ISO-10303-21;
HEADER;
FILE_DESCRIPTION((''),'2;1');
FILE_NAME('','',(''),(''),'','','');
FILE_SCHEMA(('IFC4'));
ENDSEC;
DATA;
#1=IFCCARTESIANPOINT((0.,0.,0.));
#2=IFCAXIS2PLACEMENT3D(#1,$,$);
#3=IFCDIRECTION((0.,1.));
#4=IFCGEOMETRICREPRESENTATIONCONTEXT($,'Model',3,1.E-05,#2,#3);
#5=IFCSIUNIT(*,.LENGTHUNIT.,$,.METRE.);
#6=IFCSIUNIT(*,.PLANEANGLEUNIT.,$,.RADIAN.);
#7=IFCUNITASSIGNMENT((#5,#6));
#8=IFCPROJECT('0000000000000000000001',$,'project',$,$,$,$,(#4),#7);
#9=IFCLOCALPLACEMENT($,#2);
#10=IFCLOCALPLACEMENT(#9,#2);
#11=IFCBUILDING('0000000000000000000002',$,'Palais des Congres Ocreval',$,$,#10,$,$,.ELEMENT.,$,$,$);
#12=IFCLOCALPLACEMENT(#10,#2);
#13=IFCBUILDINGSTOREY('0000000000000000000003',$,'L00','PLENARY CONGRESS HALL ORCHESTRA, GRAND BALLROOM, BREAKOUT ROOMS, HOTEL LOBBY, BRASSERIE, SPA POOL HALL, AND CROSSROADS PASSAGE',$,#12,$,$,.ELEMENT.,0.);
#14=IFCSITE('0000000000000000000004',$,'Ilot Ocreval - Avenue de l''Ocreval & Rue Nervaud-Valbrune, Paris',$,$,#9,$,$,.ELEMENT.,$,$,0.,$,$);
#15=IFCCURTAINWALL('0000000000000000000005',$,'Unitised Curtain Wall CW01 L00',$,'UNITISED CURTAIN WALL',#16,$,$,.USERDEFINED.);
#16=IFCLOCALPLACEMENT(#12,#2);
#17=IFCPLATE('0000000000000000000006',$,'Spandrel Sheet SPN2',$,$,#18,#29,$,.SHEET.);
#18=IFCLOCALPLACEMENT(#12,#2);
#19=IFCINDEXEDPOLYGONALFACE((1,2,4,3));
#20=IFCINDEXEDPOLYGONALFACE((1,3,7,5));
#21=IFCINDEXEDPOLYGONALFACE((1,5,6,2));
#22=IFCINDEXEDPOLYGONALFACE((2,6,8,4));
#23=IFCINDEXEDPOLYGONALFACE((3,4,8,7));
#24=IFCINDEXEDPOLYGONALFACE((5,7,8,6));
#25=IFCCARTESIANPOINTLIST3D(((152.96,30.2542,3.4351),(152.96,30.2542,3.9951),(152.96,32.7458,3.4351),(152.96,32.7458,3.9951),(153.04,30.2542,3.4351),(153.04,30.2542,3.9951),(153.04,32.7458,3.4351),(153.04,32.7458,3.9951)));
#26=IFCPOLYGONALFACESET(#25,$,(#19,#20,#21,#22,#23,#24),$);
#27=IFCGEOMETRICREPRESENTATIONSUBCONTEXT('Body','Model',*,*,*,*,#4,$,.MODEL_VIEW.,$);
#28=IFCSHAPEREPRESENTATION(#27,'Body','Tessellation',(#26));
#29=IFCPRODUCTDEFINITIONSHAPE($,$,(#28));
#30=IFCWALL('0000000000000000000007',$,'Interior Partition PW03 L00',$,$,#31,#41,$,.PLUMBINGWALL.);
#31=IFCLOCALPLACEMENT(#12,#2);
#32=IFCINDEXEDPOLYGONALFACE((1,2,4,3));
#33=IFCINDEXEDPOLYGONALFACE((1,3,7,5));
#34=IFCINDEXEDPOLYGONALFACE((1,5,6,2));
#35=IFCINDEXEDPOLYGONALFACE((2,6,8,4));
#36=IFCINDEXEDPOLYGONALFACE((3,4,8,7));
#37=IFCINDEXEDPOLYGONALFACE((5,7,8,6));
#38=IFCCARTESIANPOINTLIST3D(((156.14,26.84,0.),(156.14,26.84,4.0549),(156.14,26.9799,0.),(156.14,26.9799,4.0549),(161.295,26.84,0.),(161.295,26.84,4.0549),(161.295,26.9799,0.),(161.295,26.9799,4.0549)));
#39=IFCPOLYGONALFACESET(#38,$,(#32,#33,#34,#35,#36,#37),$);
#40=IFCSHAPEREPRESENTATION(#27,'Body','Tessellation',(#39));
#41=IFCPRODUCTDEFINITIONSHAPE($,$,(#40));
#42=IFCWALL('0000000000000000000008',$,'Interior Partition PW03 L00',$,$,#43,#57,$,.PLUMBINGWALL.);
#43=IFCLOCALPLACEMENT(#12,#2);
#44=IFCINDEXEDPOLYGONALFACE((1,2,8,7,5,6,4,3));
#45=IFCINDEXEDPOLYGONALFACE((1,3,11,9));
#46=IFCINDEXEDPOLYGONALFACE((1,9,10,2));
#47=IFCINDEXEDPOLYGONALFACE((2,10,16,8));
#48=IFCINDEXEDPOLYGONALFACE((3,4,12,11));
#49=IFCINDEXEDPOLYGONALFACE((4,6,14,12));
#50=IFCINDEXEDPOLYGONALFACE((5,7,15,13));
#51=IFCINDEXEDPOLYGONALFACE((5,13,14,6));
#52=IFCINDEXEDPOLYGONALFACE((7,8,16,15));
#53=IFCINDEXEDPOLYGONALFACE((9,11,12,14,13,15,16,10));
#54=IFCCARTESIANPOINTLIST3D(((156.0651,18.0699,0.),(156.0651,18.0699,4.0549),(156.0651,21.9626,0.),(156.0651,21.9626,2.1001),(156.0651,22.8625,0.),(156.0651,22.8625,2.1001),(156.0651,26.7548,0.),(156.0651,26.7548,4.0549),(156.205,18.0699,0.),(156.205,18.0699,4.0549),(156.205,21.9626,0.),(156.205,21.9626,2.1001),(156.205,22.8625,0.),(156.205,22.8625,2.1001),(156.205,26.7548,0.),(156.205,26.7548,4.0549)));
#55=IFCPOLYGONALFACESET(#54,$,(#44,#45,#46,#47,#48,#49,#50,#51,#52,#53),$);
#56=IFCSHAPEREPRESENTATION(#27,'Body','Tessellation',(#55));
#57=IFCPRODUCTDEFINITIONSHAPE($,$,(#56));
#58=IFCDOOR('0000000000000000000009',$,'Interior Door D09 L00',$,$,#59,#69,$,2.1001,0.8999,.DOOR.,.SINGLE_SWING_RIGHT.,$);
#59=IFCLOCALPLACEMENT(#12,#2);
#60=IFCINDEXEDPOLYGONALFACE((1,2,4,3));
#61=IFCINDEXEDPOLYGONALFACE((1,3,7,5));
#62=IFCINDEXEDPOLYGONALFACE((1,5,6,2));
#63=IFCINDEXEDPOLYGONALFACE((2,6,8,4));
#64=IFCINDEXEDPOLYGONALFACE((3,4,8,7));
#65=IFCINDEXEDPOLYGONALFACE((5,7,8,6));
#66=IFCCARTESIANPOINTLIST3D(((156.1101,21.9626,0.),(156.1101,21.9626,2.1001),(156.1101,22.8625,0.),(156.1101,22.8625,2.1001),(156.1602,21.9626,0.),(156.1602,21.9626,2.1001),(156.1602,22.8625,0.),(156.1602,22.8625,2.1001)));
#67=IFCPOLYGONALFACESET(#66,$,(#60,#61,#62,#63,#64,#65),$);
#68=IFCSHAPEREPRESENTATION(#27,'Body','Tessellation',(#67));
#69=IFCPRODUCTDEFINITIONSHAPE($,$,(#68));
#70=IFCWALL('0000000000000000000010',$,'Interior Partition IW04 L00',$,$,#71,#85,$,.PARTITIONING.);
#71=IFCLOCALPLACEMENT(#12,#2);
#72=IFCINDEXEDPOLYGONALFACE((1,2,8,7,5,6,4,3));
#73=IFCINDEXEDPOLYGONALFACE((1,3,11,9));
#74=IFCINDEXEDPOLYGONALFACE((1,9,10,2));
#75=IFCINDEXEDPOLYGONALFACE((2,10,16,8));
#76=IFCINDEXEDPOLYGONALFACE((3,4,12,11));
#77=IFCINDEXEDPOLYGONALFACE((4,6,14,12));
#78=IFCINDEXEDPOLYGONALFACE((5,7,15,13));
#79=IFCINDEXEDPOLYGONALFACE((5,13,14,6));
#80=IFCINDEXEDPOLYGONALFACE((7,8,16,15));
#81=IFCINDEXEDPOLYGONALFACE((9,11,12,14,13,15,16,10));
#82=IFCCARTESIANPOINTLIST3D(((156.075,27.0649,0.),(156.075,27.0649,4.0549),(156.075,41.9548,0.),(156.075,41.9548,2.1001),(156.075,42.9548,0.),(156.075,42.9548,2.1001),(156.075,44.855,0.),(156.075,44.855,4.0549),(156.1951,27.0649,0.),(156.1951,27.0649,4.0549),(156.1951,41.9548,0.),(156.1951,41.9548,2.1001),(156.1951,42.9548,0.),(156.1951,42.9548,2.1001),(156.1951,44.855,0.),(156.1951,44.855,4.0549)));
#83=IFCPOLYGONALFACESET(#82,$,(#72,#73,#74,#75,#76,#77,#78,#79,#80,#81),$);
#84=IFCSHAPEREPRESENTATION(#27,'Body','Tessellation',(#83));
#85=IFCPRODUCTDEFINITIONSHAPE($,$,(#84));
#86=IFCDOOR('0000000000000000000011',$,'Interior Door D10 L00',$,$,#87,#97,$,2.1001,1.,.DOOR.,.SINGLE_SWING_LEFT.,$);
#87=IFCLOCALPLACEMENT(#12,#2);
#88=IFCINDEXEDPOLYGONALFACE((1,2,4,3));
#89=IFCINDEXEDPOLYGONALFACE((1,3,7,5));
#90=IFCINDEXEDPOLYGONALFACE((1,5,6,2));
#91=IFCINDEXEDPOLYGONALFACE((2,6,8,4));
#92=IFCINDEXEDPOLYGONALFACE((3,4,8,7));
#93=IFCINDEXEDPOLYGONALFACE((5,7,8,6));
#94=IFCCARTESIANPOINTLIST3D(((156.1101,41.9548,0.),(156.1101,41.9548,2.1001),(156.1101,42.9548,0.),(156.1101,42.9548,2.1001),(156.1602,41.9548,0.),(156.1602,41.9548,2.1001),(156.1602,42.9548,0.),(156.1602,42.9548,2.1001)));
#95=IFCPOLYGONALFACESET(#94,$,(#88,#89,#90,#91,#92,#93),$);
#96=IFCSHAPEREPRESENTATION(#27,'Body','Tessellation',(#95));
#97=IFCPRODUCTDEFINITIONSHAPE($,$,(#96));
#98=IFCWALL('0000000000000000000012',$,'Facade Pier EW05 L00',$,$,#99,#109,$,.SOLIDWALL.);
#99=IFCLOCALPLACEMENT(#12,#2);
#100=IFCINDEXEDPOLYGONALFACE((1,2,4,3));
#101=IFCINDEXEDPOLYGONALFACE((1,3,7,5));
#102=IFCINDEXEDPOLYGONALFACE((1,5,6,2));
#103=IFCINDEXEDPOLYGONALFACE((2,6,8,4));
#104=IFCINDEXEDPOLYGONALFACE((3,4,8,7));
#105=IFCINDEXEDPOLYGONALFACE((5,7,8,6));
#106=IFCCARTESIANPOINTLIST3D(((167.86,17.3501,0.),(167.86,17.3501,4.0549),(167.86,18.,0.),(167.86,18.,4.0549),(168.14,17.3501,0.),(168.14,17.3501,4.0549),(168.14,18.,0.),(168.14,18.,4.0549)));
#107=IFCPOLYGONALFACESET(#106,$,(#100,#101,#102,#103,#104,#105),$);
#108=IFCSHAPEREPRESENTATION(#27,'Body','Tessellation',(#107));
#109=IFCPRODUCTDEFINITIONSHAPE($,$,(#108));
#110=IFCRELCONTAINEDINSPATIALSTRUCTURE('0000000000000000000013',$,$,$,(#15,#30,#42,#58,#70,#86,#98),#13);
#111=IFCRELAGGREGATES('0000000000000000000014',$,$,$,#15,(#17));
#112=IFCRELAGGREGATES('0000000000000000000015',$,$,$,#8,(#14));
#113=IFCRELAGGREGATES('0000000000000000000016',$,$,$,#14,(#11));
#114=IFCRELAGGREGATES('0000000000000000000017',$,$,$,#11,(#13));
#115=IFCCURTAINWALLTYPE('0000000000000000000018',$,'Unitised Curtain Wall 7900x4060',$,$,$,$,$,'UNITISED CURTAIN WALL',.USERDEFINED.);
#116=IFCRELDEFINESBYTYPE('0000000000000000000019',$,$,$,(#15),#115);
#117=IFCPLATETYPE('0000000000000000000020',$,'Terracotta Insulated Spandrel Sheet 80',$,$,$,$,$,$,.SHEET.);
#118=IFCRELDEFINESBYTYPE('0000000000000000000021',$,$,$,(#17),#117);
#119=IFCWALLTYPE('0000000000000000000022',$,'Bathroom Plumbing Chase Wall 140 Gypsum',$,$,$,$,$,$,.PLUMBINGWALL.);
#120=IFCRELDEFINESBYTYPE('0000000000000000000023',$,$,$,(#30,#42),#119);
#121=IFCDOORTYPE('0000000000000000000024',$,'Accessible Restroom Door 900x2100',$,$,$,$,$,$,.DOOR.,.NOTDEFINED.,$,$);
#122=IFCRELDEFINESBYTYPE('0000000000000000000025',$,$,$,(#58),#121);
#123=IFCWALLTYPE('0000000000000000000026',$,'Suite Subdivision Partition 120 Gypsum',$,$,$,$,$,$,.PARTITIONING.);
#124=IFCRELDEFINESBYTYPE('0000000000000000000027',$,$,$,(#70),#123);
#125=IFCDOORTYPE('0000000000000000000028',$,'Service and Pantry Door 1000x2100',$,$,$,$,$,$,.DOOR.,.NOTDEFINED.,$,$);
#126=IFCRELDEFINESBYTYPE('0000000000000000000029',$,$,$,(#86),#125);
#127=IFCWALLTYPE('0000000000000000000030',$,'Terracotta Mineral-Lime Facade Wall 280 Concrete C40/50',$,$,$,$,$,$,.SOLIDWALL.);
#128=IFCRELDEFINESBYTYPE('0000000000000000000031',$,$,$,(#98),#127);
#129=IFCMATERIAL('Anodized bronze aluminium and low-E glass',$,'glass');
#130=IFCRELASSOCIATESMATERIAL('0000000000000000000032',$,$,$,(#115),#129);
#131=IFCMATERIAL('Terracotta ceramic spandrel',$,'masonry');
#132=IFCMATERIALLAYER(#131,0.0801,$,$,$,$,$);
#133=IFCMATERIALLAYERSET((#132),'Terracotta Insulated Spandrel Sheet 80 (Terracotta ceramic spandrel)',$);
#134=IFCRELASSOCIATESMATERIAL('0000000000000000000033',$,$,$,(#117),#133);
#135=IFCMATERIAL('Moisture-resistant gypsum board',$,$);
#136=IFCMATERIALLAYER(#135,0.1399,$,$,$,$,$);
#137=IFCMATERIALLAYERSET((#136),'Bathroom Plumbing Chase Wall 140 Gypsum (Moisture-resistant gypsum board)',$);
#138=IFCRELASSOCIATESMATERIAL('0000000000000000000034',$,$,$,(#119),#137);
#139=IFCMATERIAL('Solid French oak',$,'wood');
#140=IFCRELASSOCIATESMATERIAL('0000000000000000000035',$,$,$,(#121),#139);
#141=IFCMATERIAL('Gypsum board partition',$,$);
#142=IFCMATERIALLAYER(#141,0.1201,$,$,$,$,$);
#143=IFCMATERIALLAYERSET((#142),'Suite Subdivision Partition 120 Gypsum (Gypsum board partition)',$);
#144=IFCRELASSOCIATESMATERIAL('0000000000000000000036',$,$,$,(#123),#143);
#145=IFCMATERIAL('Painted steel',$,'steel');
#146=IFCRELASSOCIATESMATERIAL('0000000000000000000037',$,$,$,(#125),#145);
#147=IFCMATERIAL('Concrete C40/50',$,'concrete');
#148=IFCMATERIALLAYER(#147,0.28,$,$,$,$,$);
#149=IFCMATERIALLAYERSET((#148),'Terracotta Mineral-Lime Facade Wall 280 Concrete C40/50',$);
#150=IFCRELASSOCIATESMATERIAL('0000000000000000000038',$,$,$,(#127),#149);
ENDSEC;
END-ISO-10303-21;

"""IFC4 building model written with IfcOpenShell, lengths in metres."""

from ifc_helpers import new_model, si_unit, direction, frame, frame_2d, origin, origin_2d, place, context, subcontext, project, spatial, rectangle, extrude, material, layer, layer_set, type_object, element, fill, aggregate, save


model = new_model("IFC4")

# Units and contexts
model_context = context("Model", 3, precision=1e-05, world=origin(), true_north=direction((0.0, 1.0)))
body_context = subcontext(model_context, "Body", "Model", "MODEL_VIEW")
ifc_project = project(units=[si_unit("LENGTHUNIT", "METRE"), si_unit("PLANEANGLEUNIT", "RADIAN")], contexts=[model_context])

# Site, building, storey
site_placement = place(None, origin())
site = spatial("IfcSite", under=ifc_project, at=site_placement, Name="Ilot Ocreval - Avenue de l'Ocreval & Rue Nervaud-Valbrune, Paris", CompositionType="ELEMENT", RefElevation=0.0)
building_placement = place(site_placement, origin())
building = spatial("IfcBuilding", under=site, at=building_placement, Name="Palais des Congres Ocreval", CompositionType="ELEMENT")
storey_placement = place(building_placement, origin())
storey = spatial("IfcBuildingStorey", under=building, at=storey_placement, Name="L00", Description="PLENARY CONGRESS HALL ORCHESTRA, GRAND BALLROOM, BREAKOUT ROOMS, HOTEL LOBBY, BRASSERIE, SPA POOL HALL, AND CROSSROADS PASSAGE", CompositionType="ELEMENT", Elevation=0.0)

# Curtain wall, plate
ifc_material_1 = material(Name="Anodized bronze aluminium and low-E glass", Category="glass")
curtain_wall_type = type_object("IfcCurtainWallType", Name="Unitised Curtain Wall 7900x4060", ElementType="UNITISED CURTAIN WALL", PredefinedType="USERDEFINED", material=ifc_material_1)
curtain_wall_placement = place(storey_placement, origin())
curtain_wall = element("IfcCurtainWall", 1, at=curtain_wall_placement, inside=storey, type_object=curtain_wall_type, Name="Unitised Curtain Wall CW01 L00", ObjectType="UNITISED CURTAIN WALL", PredefinedType="USERDEFINED")
ifc_material_2 = material(Name="Terracotta ceramic spandrel", Category="masonry")
ifc_layer_1 = layer(ifc_material_2, 0.0801)
ifc_layer_set_1 = layer_set([ifc_layer_1], Name="Terracotta Insulated Spandrel Sheet 80 (Terracotta ceramic spandrel)")
plate_type_1 = type_object("IfcPlateType", Name="Terracotta Insulated Spandrel Sheet 80", PredefinedType="SHEET", material=ifc_layer_set_1)
plate_1_placement = place(storey_placement, frame((153.0, 31.5, 3.4351), z_axis=(0.0, 0.0, 1.0), x_axis=(0.0, 1.0, 0.0)))
plate_1 = element("IfcPlate", 2, at=plate_1_placement, type_object=plate_type_1, Name="Spandrel Sheet SPN2", PredefinedType="SHEET", context=body_context, shape_type="SweptSolid", body=[
    extrude(rectangle(XDim=2.4917, YDim=0.0801, at=origin_2d()), origin(), (0.0, 0.0, 1.0), 0.5601),
])
aggregate(curtain_wall, [plate_1])

# Wall
ifc_material_3 = material(Name="Moisture-resistant gypsum board")
ifc_layer_2 = layer(ifc_material_3, 0.1399)
ifc_layer_set_2 = layer_set([ifc_layer_2], Name="Bathroom Plumbing Chase Wall 140 Gypsum (Moisture-resistant gypsum board)")
wall_type_1 = type_object("IfcWallType", Name="Bathroom Plumbing Chase Wall 140 Gypsum", PredefinedType="PLUMBINGWALL", material=ifc_layer_set_2)
wall_1_placement = place(storey_placement, frame((156.1399, 26.9099, 0.0), z_axis=(0.0, 0.0, 1.0), x_axis=(1.0, 0.0, 0.0)))
element("IfcWall", 3, at=wall_1_placement, inside=storey, type_object=wall_type_1, Name="Interior Partition PW03 L00", PredefinedType="PLUMBINGWALL", context=body_context, shape_type="SweptSolid", body=[
    extrude(rectangle(XDim=5.155, YDim=0.1399, at=frame_2d((2.5776, 0.0))), origin(), (0.0, 0.0, 1.0), 4.0549),
])

# Walls, openings, doors
wall_2_placement = place(storey_placement, frame((156.135, 18.0701, 0.0), z_axis=(0.0, 0.0, 1.0), x_axis=(0.0, 1.0, 0.0)))
wall_2 = element("IfcWall", 4, at=wall_2_placement, inside=storey, type_object=wall_type_1, Name="Interior Partition PW03 L00", PredefinedType="PLUMBINGWALL", context=body_context, shape_type="SweptSolid", body=[
    extrude(rectangle(XDim=8.6848, YDim=0.1399, at=frame_2d((4.3423, 0.0))), origin(), (0.0, 0.0, 1.0), 4.0549),
])
opening_1_placement = place(wall_2_placement, frame((3.8926, 0.0, 0.0)))
opening_1 = element("IfcOpeningElement", 5, at=opening_1_placement, cuts=wall_2, PredefinedType="OPENING", context=body_context, shape_type="SweptSolid", body=[
    extrude(rectangle(XDim=0.8999, YDim=2.1001, at=frame_2d((0.45, 1.05))), frame((0.0, 0.0798, 0.0), z_axis=(0.0, -1.0, 0.0), x_axis=(1.0, 0.0, 0.0)), (0.0, 0.0, 1.0), 0.1599),
])
ifc_material_4 = material(Name="Solid French oak", Category="wood")
door_type_1 = type_object("IfcDoorType", Name="Accessible Restroom Door 900x2100", OperationType="NOTDEFINED", PredefinedType="DOOR", material=ifc_material_4)
door_1_placement = place(opening_1_placement, origin())
door_1 = element("IfcDoor", 6, at=door_1_placement, inside=storey, type_object=door_type_1, Name="Interior Door D09 L00", OperationType="SINGLE_SWING_RIGHT", OverallHeight=2.1001, OverallWidth=0.8999, PredefinedType="DOOR", context=body_context, shape_type="SweptSolid", body=[
    extrude(rectangle(XDim=0.8999, YDim=2.1001, at=frame_2d((0.45, 1.05))), frame((0.0, 0.0249, 0.0), z_axis=(0.0, -1.0, 0.0), x_axis=(1.0, 0.0, 0.0)), (0.0, 0.0, 1.0), 0.05),
])
fill(opening_1, door_1)
ifc_material_5 = material(Name="Gypsum board partition")
ifc_layer_3 = layer(ifc_material_5, 0.1201)
ifc_layer_set_3 = layer_set([ifc_layer_3], Name="Suite Subdivision Partition 120 Gypsum (Gypsum board partition)")
wall_type_2 = type_object("IfcWallType", Name="Suite Subdivision Partition 120 Gypsum", PredefinedType="PARTITIONING", material=ifc_layer_set_3)
wall_3_placement = place(storey_placement, frame((156.135, 27.0649, 0.0), z_axis=(0.0, 0.0, 1.0), x_axis=(0.0, 1.0, 0.0)))
wall_3 = element("IfcWall", 7, at=wall_3_placement, inside=storey, type_object=wall_type_2, Name="Interior Partition IW04 L00", PredefinedType="PARTITIONING", context=body_context, shape_type="SweptSolid", body=[
    extrude(rectangle(XDim=17.79, YDim=0.1201, at=frame_2d((8.895, 0.0))), origin(), (0.0, 0.0, 1.0), 4.0549),
])
opening_2_placement = place(wall_3_placement, frame((14.8899, 0.0, 0.0)))
opening_2 = element("IfcOpeningElement", 8, at=opening_2_placement, cuts=wall_3, PredefinedType="OPENING", context=body_context, shape_type="SweptSolid", body=[
    extrude(rectangle(XDim=1.0, YDim=2.1001, at=frame_2d((0.5, 1.05))), frame((0.0, 0.0701, 0.0), z_axis=(0.0, -1.0, 0.0), x_axis=(1.0, 0.0, 0.0)), (0.0, 0.0, 1.0), 0.1401),
])
ifc_material_6 = material(Name="Painted steel", Category="steel")
door_type_2 = type_object("IfcDoorType", Name="Service and Pantry Door 1000x2100", OperationType="NOTDEFINED", PredefinedType="DOOR", material=ifc_material_6)
door_2_placement = place(opening_2_placement, origin())
door_2 = element("IfcDoor", 9, at=door_2_placement, inside=storey, type_object=door_type_2, Name="Interior Door D10 L00", OperationType="SINGLE_SWING_LEFT", OverallHeight=2.1001, OverallWidth=1.0, PredefinedType="DOOR", context=body_context, shape_type="SweptSolid", body=[
    extrude(rectangle(XDim=1.0, YDim=2.1001, at=frame_2d((0.5, 1.05))), frame((0.0, 0.0249, 0.0), z_axis=(0.0, -1.0, 0.0), x_axis=(1.0, 0.0, 0.0)), (0.0, 0.0, 1.0), 0.05),
])
fill(opening_2, door_2)

# Wall
ifc_material_7 = material(Name="Concrete C40/50", Category="concrete")
ifc_layer_4 = layer(ifc_material_7, 0.28)
ifc_layer_set_4 = layer_set([ifc_layer_4], Name="Terracotta Mineral-Lime Facade Wall 280 Concrete C40/50")
wall_type_3 = type_object("IfcWallType", Name="Terracotta Mineral-Lime Facade Wall 280 Concrete C40/50", PredefinedType="SOLIDWALL", material=ifc_layer_set_4)
wall_4_placement = place(storey_placement, frame((168.0, 18.0, 0.0), z_axis=(0.0, 0.0, 1.0), x_axis=(0.0, -1.0, 0.0)))
element("IfcWall", 10, at=wall_4_placement, inside=storey, type_object=wall_type_3, Name="Facade Pier EW05 L00", PredefinedType="SOLIDWALL", context=body_context, shape_type="SweptSolid", body=[
    extrude(rectangle(XDim=0.6499, YDim=0.28, at=frame_2d((0.325, 0.0))), origin(), (0.0, 0.0, 1.0), 4.0549),
])

save(model, "model.ifc")
